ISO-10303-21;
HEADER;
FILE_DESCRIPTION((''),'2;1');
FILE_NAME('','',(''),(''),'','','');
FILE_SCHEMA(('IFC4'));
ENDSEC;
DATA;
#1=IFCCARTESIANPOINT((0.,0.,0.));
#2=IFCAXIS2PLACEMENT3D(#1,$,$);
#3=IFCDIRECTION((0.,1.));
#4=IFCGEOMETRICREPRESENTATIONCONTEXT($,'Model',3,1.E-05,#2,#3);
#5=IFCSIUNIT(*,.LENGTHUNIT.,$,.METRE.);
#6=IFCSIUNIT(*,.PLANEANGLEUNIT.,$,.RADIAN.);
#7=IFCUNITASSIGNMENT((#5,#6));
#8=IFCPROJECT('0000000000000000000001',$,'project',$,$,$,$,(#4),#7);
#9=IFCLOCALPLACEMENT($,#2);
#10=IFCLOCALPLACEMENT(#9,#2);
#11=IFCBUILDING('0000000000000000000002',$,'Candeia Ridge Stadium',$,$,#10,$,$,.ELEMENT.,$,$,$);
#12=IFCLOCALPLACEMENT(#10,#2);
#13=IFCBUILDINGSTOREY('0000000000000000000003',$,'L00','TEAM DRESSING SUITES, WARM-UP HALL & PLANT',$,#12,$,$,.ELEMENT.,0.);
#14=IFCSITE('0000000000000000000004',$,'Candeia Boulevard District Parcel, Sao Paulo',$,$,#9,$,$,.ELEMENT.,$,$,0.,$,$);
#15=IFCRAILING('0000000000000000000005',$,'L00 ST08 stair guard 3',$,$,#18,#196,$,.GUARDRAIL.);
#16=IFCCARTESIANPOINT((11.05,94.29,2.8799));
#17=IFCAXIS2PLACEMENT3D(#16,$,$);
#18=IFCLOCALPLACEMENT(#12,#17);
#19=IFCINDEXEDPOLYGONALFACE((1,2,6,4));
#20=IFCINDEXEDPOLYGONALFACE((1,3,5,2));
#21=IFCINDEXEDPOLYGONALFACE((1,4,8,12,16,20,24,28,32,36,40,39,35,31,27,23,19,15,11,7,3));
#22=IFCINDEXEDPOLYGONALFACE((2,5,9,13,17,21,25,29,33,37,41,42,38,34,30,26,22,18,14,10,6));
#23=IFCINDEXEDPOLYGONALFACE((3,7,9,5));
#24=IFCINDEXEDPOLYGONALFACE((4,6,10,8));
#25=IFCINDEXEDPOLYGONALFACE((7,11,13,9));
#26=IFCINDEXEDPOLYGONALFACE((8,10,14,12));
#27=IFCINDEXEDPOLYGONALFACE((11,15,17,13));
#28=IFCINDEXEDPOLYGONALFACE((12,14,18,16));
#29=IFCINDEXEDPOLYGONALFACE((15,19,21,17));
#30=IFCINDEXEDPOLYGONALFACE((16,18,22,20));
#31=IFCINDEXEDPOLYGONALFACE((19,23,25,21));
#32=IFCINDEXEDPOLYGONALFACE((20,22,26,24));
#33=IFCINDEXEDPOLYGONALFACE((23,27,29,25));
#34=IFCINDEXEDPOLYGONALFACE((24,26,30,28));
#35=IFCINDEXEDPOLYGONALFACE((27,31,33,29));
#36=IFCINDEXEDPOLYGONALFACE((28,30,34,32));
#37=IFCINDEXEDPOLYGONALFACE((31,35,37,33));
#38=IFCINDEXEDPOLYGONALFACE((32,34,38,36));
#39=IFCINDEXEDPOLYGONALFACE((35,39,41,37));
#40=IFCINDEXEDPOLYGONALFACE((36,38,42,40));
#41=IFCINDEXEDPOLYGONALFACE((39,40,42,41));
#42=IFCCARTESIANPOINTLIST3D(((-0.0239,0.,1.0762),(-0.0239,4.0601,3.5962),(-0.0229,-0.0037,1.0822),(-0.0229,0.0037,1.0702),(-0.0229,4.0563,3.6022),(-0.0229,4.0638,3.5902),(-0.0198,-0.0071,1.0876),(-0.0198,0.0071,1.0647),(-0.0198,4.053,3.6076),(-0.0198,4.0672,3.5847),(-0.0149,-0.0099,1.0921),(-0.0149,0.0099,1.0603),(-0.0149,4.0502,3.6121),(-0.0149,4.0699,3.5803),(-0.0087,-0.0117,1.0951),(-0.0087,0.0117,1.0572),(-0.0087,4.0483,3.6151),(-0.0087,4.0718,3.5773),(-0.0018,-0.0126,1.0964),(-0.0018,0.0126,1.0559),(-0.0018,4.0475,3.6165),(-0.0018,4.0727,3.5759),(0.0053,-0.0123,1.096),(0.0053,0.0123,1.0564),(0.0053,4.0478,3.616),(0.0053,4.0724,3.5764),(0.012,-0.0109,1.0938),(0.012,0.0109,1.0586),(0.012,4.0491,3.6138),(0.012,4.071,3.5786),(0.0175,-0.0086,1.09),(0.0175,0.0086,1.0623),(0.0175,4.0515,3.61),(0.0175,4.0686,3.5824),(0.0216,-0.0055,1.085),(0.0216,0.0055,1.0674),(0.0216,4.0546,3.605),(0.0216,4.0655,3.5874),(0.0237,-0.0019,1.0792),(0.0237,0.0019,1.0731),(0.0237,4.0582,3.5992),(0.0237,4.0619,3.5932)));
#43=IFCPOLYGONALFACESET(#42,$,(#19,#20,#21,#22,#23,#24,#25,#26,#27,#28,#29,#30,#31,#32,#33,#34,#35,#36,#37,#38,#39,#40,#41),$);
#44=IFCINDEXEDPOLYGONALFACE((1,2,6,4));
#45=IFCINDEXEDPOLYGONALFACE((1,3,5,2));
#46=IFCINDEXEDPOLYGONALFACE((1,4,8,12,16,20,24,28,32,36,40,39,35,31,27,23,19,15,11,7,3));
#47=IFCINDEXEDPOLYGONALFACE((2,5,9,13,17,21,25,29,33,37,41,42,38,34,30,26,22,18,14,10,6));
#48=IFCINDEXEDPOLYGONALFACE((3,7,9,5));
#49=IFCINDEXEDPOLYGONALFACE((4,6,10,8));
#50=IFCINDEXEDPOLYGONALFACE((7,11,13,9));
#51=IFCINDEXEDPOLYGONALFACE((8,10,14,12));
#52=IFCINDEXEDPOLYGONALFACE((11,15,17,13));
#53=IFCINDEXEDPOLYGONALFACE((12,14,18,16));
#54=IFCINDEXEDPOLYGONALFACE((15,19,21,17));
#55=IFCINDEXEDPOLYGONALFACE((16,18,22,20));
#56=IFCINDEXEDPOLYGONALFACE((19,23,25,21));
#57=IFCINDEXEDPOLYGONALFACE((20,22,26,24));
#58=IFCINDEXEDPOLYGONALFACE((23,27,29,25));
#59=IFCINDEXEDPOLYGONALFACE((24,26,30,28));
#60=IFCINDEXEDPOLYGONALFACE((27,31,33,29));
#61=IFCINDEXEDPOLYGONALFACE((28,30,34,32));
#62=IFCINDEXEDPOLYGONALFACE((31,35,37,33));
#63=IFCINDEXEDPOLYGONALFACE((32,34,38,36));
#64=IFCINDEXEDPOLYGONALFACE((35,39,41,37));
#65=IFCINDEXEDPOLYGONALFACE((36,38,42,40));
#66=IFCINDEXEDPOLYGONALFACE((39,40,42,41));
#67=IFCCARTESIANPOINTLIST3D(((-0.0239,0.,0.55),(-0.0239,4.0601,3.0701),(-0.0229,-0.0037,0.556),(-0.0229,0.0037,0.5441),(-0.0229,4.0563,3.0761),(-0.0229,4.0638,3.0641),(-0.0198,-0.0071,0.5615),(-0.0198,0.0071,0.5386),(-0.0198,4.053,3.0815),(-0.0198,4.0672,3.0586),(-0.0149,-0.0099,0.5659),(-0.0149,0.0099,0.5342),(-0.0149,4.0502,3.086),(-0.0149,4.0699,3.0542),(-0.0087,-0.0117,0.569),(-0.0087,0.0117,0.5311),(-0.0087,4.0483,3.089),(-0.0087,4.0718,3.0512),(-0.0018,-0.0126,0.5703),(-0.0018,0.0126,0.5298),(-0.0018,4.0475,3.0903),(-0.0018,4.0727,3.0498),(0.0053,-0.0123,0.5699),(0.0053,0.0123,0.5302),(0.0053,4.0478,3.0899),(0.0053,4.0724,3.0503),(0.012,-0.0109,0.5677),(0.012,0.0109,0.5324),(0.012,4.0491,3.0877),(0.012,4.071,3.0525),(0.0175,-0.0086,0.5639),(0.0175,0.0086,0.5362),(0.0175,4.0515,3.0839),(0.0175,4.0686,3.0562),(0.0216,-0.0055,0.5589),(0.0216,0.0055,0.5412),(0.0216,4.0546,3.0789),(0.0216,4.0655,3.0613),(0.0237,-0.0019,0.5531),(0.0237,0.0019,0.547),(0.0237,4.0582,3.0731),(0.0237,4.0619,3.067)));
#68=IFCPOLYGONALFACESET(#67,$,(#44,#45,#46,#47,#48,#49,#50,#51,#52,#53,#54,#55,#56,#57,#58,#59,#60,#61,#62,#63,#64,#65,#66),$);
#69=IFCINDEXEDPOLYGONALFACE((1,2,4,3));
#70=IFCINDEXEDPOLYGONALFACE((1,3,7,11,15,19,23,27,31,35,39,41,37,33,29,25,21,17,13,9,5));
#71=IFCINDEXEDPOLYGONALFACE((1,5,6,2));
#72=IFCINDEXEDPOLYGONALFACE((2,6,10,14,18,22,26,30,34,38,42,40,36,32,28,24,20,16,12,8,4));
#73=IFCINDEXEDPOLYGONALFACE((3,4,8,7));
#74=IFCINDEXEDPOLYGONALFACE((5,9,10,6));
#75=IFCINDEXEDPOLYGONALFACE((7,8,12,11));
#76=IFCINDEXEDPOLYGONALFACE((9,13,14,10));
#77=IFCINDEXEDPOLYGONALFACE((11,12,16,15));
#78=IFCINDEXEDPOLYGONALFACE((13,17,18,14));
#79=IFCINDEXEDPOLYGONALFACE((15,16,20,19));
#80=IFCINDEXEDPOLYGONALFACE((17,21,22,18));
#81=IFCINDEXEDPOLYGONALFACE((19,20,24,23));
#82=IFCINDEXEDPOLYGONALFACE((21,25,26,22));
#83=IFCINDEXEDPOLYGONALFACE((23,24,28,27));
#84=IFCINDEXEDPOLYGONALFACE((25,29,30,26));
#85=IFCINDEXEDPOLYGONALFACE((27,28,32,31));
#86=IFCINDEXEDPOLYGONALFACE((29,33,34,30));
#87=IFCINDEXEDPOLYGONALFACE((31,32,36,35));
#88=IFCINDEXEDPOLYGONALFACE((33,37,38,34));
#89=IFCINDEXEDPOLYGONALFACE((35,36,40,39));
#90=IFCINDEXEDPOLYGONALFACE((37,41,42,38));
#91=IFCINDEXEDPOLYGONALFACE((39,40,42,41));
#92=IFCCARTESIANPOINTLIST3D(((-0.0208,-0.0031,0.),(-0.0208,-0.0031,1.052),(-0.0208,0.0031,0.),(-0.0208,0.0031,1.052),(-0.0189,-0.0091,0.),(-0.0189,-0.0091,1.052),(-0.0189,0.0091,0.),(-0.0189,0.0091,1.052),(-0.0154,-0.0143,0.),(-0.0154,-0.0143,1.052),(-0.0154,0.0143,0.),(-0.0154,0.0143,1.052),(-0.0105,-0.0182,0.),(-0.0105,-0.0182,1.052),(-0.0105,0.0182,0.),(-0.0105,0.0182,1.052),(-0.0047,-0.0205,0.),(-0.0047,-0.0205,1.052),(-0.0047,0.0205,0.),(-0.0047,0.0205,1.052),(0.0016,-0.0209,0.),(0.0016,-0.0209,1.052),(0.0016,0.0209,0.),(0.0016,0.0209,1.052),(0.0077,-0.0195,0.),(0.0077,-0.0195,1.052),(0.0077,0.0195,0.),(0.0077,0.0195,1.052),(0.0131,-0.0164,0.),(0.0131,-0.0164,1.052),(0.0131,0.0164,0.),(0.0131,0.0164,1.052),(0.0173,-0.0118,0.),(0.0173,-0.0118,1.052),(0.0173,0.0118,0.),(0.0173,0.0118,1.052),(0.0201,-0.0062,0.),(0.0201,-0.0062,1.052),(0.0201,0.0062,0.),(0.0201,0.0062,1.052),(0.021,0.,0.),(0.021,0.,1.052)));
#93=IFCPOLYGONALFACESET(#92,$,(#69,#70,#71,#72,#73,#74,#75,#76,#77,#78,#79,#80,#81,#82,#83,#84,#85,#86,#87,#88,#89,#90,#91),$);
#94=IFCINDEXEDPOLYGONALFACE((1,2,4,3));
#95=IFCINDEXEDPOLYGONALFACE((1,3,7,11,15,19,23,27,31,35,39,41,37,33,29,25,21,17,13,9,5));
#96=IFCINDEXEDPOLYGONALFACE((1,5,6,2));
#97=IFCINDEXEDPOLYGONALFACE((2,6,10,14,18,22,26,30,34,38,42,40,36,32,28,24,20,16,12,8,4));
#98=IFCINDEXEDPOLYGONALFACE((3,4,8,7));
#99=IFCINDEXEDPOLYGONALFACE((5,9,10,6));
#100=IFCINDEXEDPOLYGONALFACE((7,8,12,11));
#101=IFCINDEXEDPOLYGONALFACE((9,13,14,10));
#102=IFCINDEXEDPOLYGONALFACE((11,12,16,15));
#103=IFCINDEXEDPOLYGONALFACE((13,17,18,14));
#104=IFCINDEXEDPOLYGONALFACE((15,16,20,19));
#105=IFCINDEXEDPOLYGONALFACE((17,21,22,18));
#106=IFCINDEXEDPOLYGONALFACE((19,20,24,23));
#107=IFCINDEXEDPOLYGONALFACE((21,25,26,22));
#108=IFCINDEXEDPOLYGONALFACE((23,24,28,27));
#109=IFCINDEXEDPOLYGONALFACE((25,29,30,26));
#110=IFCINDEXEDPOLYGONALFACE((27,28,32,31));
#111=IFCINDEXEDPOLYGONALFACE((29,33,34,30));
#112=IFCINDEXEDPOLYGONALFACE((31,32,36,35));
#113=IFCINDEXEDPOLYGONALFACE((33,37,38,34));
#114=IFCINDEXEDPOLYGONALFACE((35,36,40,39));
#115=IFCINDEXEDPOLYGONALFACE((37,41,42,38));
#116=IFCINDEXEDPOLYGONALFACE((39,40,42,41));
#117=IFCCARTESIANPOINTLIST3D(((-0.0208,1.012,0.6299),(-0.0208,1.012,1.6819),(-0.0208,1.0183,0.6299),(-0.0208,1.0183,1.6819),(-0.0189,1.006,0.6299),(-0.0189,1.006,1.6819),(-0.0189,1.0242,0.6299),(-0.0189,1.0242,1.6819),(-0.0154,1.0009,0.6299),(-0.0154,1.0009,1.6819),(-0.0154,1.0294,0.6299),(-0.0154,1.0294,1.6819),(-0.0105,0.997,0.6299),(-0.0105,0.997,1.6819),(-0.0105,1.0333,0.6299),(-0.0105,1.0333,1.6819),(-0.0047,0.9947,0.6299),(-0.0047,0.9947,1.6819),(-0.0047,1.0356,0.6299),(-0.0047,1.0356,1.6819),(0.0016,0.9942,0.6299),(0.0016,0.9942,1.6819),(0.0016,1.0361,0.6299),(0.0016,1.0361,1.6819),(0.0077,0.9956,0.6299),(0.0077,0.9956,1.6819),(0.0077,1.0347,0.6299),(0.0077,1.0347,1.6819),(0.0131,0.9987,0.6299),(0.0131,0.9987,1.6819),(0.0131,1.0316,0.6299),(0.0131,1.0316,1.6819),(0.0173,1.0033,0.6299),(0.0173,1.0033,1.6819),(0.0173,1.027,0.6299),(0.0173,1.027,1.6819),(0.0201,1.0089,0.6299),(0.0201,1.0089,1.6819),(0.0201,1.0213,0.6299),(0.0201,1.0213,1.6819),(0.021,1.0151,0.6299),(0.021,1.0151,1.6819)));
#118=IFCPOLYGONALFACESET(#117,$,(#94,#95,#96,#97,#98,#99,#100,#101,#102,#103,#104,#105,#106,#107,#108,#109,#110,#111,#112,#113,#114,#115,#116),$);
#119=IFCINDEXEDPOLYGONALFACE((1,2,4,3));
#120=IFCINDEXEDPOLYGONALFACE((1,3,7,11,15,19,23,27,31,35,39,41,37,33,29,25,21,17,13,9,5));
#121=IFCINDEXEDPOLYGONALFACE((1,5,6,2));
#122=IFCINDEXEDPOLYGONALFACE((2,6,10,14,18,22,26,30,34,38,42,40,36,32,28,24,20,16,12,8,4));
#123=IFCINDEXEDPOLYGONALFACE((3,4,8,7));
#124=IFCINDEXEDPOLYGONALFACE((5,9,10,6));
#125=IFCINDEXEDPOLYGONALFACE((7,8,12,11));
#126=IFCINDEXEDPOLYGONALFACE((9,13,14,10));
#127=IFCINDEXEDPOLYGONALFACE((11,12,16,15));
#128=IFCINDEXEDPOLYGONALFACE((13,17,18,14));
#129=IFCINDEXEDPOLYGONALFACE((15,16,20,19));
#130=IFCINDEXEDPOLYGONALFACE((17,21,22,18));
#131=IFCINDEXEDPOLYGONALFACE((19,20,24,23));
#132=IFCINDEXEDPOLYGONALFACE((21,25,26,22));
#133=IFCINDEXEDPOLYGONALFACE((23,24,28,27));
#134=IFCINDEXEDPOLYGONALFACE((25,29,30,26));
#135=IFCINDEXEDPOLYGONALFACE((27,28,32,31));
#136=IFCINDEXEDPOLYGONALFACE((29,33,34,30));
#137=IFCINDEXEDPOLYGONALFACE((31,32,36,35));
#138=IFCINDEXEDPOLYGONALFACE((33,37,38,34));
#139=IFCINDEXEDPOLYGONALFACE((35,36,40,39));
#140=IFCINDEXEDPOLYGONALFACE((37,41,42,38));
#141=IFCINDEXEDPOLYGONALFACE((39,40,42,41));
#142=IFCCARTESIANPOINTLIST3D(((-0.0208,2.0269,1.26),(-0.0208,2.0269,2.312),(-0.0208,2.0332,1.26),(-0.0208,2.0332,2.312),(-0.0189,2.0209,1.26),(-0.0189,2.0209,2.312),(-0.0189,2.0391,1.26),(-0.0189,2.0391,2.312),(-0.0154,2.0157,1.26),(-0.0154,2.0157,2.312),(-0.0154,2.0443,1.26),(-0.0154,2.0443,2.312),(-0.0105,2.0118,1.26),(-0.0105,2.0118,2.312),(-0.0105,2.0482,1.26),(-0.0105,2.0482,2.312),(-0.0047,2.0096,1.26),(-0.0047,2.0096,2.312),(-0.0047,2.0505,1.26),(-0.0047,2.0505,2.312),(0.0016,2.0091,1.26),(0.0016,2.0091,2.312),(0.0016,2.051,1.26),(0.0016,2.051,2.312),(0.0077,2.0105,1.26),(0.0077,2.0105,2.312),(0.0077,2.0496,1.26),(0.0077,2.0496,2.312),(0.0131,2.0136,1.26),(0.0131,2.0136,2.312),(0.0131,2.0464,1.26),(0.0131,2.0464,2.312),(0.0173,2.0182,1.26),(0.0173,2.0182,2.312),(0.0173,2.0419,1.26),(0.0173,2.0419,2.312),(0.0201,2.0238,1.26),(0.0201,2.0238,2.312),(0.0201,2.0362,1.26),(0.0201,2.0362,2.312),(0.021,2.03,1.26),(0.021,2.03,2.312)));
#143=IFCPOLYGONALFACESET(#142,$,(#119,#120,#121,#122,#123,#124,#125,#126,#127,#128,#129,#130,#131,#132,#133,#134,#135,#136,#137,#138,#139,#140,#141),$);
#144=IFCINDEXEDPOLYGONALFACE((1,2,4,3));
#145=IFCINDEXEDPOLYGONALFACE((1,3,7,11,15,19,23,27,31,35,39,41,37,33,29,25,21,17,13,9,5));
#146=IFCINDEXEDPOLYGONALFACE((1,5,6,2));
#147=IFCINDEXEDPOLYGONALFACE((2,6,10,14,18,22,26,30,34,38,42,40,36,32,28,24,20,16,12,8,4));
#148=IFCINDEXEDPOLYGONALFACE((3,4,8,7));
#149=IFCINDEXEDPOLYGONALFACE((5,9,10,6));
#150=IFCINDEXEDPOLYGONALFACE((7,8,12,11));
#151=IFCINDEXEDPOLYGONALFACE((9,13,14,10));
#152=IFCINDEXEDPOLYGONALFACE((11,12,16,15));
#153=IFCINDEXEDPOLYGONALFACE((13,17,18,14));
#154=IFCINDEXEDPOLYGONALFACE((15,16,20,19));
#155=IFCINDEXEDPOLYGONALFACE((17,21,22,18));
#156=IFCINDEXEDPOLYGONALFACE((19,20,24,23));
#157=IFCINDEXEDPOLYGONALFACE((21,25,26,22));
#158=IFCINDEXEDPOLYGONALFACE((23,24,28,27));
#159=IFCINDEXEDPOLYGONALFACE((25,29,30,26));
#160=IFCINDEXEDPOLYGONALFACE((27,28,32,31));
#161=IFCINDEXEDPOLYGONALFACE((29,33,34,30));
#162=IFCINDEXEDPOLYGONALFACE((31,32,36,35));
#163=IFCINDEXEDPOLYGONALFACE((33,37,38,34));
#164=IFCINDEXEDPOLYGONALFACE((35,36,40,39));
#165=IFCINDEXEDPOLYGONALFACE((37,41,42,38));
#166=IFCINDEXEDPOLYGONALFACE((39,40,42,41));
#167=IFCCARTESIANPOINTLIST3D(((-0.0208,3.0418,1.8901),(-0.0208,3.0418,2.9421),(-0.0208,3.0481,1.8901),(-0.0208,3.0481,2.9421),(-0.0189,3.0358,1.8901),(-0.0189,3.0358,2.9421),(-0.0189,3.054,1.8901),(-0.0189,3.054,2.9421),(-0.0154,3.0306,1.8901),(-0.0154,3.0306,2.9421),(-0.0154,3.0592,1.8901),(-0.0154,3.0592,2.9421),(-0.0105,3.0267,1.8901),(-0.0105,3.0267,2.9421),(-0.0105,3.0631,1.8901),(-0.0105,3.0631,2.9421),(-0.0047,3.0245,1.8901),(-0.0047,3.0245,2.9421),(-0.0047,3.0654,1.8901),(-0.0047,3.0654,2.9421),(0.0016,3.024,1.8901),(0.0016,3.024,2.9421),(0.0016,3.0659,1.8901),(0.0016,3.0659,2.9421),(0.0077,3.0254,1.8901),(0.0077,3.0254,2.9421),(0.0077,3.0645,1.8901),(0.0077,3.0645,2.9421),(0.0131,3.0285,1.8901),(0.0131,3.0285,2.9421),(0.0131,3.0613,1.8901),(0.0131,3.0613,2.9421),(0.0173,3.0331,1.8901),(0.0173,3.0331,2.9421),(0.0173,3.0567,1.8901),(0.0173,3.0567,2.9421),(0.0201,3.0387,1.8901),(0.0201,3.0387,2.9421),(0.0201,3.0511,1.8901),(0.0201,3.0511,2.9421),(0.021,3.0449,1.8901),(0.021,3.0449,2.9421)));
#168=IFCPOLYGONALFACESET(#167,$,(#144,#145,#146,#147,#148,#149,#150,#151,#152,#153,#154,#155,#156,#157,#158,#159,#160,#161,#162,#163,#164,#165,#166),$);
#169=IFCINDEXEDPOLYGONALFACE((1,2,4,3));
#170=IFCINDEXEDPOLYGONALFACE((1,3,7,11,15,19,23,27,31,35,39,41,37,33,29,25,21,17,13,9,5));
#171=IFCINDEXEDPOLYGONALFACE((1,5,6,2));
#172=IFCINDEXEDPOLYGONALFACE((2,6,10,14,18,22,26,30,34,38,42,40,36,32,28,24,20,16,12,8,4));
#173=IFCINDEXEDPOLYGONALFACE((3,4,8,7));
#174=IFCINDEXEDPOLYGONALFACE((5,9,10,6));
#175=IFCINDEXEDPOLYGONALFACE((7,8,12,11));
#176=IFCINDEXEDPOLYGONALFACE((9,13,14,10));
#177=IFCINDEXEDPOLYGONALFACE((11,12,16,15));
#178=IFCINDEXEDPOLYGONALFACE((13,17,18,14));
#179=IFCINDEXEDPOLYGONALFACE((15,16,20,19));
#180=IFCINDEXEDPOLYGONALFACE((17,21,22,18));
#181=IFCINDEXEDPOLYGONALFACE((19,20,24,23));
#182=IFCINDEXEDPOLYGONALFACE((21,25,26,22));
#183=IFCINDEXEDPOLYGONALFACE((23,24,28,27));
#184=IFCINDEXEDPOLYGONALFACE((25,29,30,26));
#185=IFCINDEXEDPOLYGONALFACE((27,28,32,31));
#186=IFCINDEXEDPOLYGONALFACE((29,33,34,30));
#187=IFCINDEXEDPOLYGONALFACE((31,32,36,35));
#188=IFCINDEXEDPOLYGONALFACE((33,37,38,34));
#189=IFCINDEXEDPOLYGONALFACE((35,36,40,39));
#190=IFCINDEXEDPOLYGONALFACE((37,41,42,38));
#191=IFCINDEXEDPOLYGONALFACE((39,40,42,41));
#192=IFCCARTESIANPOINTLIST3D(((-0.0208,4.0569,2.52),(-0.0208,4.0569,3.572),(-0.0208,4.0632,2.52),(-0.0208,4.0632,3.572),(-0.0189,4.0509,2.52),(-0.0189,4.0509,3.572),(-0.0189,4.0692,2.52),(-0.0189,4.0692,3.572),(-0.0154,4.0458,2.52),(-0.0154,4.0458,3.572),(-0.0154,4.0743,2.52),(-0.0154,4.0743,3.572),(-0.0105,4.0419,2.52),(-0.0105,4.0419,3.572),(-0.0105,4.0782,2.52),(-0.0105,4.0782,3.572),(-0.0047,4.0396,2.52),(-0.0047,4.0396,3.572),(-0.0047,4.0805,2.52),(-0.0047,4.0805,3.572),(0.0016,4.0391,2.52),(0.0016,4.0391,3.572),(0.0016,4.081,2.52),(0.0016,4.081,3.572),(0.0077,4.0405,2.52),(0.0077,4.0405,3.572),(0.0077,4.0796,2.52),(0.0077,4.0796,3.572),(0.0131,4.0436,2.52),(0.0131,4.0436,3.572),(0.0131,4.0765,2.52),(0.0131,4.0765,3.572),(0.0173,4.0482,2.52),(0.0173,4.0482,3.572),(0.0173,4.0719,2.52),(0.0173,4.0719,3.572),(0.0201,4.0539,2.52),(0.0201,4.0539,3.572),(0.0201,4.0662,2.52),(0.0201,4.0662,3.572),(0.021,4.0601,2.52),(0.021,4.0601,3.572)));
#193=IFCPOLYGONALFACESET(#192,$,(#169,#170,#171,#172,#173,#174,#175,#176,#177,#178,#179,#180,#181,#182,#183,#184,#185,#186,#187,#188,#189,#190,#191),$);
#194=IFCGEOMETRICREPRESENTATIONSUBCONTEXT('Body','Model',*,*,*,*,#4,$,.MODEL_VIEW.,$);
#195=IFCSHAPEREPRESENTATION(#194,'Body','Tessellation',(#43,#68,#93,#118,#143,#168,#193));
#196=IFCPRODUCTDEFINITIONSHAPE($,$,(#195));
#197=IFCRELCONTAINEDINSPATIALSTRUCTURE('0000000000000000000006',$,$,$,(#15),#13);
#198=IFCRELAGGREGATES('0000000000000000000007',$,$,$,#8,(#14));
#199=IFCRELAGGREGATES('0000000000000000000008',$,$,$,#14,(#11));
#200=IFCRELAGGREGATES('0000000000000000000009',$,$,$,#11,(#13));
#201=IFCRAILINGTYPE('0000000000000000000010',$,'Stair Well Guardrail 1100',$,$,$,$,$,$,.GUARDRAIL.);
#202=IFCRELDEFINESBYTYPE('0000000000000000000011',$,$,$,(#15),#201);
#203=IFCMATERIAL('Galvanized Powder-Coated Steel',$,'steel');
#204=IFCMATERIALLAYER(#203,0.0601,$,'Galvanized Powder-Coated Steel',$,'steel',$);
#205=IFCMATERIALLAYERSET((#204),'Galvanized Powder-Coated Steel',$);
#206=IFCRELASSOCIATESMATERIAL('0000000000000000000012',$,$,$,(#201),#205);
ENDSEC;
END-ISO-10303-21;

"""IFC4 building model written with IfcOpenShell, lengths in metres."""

from ifc_helpers import new_model, si_unit, direction, frame, origin, origin_2d, place, context, subcontext, project, spatial, circle, extrude, material, layer, layer_set, type_object, element, save


model = new_model("IFC4")

# Units and contexts
model_context = context("Model", 3, precision=1e-05, world=origin(), true_north=direction((0.0, 1.0)))
body_context = subcontext(model_context, "Body", "Model", "MODEL_VIEW")
ifc_project = project(units=[si_unit("LENGTHUNIT", "METRE"), si_unit("PLANEANGLEUNIT", "RADIAN")], contexts=[model_context])

# Site, building, storey
site_placement = place(None, origin())
site = spatial("IfcSite", under=ifc_project, at=site_placement, Name="Candeia Boulevard District Parcel, Sao Paulo", CompositionType="ELEMENT", RefElevation=0.0)
building_placement = place(site_placement, origin())
building = spatial("IfcBuilding", under=site, at=building_placement, Name="Candeia Ridge Stadium", CompositionType="ELEMENT")
storey_placement = place(building_placement, origin())
storey = spatial("IfcBuildingStorey", under=building, at=storey_placement, Name="L00", Description="TEAM DRESSING SUITES, WARM-UP HALL & PLANT", CompositionType="ELEMENT", Elevation=0.0)

# Railing
ifc_material_1 = material(Name="Galvanized Powder-Coated Steel", Category="steel")
ifc_layer_1 = layer(ifc_material_1, 0.0601, Name="Galvanized Powder-Coated Steel", Category="steel")
ifc_layer_set_1 = layer_set([ifc_layer_1], Name="Galvanized Powder-Coated Steel")
railing_type_1 = type_object("IfcRailingType", Name="Stair Well Guardrail 1100", PredefinedType="GUARDRAIL", material=ifc_layer_set_1)
railing_1_placement = place(storey_placement, frame((11.05, 94.29, 2.8799)))
element("IfcRailing", 1, at=railing_1_placement, inside=storey, type_object=railing_type_1, Name="L00 ST08 stair guard 3", PredefinedType="GUARDRAIL", context=body_context, shape_type="SweptSolid", body=[
    extrude(circle(Radius=0.0239, at=origin_2d()), frame((0.0, 0.0, 1.0762), z_axis=(0.0, 0.849642, 0.52736), x_axis=(-1.0, 0.0, 0.0)), (0.0, 0.0, 1.0), 4.7786),
    extrude(circle(Radius=0.0239, at=origin_2d()), frame((0.0, 0.0, 0.55), z_axis=(0.0, 0.849642, 0.52736), x_axis=(-1.0, 0.0, 0.0)), (0.0, 0.0, 1.0), 4.7786),
    extrude(circle(Radius=0.021, at=origin_2d()), origin(), (0.0, 0.0, 1.0), 1.052),
    extrude(circle(Radius=0.021, at=origin_2d()), frame((0.0, 1.0151, 0.6299)), (0.0, 0.0, 1.0), 1.052),
    extrude(circle(Radius=0.021, at=origin_2d()), frame((0.0, 2.03, 1.26)), (0.0, 0.0, 1.0), 1.052),
    extrude(circle(Radius=0.021, at=origin_2d()), frame((0.0, 3.0449, 1.8901)), (0.0, 0.0, 1.0), 1.052),
    extrude(circle(Radius=0.021, at=origin_2d()), frame((0.0, 4.0601, 2.52)), (0.0, 0.0, 1.0), 1.052),
])

save(model, "model.ifc")
